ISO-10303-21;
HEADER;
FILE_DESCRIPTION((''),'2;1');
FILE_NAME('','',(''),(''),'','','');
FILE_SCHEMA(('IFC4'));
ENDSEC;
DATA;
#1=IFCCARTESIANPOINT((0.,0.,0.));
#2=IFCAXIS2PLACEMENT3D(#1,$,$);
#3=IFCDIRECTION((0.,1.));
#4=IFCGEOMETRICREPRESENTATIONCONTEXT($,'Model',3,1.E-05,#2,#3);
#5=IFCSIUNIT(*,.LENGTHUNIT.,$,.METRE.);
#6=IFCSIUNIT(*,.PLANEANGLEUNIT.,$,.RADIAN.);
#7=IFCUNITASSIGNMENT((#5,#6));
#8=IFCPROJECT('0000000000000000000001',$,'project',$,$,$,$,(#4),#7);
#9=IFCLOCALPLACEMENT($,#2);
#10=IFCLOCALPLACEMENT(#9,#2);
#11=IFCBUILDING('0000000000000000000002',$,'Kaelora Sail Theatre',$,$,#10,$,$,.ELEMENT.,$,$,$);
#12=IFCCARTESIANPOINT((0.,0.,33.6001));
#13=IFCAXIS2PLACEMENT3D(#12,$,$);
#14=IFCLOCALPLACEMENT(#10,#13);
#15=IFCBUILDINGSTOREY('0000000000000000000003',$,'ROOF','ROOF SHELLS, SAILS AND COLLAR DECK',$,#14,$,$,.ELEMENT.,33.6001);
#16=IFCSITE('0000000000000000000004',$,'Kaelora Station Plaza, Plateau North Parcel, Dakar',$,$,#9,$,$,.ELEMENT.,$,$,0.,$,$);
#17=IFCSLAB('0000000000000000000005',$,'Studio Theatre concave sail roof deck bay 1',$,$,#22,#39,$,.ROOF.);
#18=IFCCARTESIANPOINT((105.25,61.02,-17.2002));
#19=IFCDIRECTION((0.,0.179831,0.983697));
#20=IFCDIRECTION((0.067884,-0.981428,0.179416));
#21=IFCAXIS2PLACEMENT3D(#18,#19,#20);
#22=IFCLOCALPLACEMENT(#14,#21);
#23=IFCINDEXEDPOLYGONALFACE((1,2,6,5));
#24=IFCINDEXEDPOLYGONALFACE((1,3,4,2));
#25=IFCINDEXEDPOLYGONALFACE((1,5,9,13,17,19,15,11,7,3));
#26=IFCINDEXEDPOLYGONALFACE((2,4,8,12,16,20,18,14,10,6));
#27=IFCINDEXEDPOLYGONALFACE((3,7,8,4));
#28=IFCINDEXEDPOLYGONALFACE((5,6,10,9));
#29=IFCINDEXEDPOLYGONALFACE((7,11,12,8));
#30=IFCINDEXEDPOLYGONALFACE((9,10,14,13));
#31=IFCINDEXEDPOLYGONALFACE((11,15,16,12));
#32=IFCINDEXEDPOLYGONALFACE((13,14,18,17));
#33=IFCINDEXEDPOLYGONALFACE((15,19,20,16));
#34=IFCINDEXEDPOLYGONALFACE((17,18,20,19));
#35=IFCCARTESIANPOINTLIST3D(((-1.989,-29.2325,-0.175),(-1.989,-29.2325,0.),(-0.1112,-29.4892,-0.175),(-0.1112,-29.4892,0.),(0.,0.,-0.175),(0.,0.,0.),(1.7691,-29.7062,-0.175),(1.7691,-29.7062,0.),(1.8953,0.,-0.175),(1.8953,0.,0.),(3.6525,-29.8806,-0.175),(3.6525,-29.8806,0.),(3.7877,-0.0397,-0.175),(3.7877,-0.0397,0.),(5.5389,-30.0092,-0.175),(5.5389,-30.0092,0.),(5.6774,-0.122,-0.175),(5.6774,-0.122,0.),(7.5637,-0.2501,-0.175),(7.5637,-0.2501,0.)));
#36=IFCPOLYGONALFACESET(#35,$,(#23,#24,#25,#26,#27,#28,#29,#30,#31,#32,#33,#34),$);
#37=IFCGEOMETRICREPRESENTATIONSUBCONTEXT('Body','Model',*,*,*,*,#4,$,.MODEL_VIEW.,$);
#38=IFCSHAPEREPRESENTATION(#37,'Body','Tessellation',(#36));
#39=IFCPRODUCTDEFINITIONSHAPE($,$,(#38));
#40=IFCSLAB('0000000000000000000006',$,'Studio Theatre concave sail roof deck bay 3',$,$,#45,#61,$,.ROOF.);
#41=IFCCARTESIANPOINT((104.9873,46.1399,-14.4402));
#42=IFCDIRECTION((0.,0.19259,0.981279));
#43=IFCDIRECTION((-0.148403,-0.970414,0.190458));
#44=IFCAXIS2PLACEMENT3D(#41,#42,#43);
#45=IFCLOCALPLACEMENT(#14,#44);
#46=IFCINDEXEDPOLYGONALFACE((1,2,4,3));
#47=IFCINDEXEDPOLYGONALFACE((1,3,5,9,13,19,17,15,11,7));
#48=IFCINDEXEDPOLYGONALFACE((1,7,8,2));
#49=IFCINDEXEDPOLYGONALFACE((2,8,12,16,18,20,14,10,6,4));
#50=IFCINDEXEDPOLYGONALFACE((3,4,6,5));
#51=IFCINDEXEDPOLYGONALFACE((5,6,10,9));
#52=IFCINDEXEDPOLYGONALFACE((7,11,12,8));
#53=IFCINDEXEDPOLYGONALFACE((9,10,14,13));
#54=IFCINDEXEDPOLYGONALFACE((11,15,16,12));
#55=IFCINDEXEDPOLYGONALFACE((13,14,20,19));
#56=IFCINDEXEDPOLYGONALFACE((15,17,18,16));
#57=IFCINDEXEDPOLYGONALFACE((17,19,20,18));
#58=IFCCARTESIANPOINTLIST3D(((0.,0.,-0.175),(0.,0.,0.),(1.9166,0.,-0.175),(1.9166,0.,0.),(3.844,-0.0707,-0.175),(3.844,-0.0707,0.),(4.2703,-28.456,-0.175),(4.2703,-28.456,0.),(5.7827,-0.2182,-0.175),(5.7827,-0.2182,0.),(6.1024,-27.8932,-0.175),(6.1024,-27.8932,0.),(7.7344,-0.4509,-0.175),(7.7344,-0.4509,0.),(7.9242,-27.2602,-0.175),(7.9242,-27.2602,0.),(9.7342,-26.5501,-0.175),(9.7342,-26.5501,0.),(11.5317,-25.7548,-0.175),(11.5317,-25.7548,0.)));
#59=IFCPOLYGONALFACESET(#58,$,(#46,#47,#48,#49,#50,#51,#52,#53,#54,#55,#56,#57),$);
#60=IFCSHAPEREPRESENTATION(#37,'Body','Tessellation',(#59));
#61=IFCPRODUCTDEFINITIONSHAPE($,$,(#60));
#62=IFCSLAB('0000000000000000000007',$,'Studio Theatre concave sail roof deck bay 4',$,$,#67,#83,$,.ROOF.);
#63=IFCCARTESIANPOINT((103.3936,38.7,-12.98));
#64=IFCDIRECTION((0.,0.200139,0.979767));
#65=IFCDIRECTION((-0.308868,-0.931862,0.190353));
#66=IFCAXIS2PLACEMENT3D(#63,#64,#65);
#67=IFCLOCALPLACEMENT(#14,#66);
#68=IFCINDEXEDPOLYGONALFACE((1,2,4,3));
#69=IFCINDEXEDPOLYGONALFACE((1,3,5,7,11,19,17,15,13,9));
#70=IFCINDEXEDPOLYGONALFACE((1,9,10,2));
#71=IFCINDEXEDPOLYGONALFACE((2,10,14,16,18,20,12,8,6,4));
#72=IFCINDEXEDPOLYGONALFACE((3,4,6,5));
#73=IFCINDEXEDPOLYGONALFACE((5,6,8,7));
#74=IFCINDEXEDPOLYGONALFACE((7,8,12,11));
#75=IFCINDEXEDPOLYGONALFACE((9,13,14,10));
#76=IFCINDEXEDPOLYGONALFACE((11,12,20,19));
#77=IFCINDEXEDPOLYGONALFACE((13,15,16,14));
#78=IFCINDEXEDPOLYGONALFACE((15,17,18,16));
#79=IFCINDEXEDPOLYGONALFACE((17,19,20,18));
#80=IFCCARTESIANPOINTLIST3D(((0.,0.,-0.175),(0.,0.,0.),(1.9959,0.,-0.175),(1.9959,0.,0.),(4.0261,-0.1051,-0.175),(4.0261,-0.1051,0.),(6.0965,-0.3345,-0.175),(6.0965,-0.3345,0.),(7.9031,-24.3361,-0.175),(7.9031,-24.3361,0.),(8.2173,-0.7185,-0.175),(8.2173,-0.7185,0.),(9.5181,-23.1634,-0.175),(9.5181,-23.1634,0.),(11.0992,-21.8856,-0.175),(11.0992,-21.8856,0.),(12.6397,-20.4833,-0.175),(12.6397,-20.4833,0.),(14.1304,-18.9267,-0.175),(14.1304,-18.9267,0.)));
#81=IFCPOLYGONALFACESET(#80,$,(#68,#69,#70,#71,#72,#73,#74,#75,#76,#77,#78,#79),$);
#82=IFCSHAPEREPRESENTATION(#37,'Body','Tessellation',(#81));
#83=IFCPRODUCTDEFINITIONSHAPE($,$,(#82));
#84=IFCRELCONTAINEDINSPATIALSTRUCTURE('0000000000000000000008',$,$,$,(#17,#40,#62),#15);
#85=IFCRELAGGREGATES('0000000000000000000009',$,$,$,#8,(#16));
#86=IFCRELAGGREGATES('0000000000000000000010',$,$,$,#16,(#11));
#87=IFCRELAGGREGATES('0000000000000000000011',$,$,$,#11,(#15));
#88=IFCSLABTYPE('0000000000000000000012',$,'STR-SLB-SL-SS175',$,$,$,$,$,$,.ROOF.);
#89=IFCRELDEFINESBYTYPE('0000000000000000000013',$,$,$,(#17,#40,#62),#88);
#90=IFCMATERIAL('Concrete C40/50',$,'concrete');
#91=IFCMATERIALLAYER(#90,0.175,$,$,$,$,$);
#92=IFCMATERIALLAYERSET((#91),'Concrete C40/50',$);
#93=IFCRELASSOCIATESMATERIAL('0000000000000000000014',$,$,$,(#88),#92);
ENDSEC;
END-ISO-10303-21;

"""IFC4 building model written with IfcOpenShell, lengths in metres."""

from ifc_helpers import new_model, si_unit, direction, frame, origin, place, context, subcontext, project, spatial, polyline, outline, extrude, material, layer, layer_set, type_object, element, save


model = new_model("IFC4")

# Units and contexts
model_context = context("Model", 3, precision=1e-05, world=origin(), true_north=direction((0.0, 1.0)))
body_context = subcontext(model_context, "Body", "Model", "MODEL_VIEW")
ifc_project = project(units=[si_unit("LENGTHUNIT", "METRE"), si_unit("PLANEANGLEUNIT", "RADIAN")], contexts=[model_context])

# Site, building, storey
site_placement = place(None, origin())
site = spatial("IfcSite", under=ifc_project, at=site_placement, Name="Kaelora Station Plaza, Plateau North Parcel, Dakar", CompositionType="ELEMENT", RefElevation=0.0)
building_placement = place(site_placement, origin())
building = spatial("IfcBuilding", under=site, at=building_placement, Name="Kaelora Sail Theatre", CompositionType="ELEMENT")
storey_placement = place(building_placement, frame((0.0, 0.0, 33.6001)))
storey = spatial("IfcBuildingStorey", under=building, at=storey_placement, Name="ROOF", Description="ROOF SHELLS, SAILS AND COLLAR DECK", CompositionType="ELEMENT", Elevation=33.6001)

# Slabs
ifc_material_1 = material(Name="Concrete C40/50", Category="concrete")
ifc_layer = layer(ifc_material_1, 0.175)
ifc_layer_set = layer_set([ifc_layer], Name="Concrete C40/50")
slab_type = type_object("IfcSlabType", Name="STR-SLB-SL-SS175", PredefinedType="ROOF", material=ifc_layer_set)
slab_1_placement = place(storey_placement, frame((105.25, 61.02, -17.2002), z_axis=(0.0, 0.179831, 0.983697), x_axis=(0.067884, -0.981428, 0.179416)))
element("IfcSlab", 1, at=slab_1_placement, inside=storey, type_object=slab_type, Name="Studio Theatre concave sail roof deck bay 1", PredefinedType="ROOF", context=body_context, shape_type="SweptSolid", body=[
    extrude(outline(polyline([(0.0, 0.0), (1.8953, 0.0), (3.7877, -0.0397), (5.6774, -0.122), (7.5637, -0.2501), (5.5389, -30.0092), (3.6525, -29.8806), (1.7691, -29.7062), (-0.1112, -29.4892), (-1.989, -29.2325), (0.0, 0.0)])), origin(), (0.0, 0.0, -1.0), 0.175),
])
slab_2_placement = place(storey_placement, frame((104.9873, 46.1399, -14.4402), z_axis=(0.0, 0.19259, 0.981279), x_axis=(-0.148403, -0.970414, 0.190458)))
element("IfcSlab", 2, at=slab_2_placement, inside=storey, type_object=slab_type, Name="Studio Theatre concave sail roof deck bay 3", PredefinedType="ROOF", context=body_context, shape_type="SweptSolid", body=[
    extrude(outline(polyline([(0.0, 0.0), (1.9166, 0.0), (3.844, -0.0707), (5.7827, -0.2182), (7.7344, -0.4509), (11.5317, -25.7548), (9.7342, -26.5501), (7.9242, -27.2602), (6.1024, -27.8932), (4.2703, -28.456), (0.0, 0.0)])), origin(), (0.0, 0.0, -1.0), 0.175),
])
slab_3_placement = place(storey_placement, frame((103.3936, 38.7, -12.98), z_axis=(0.0, 0.200139, 0.979767), x_axis=(-0.308868, -0.931862, 0.190353)))
element("IfcSlab", 3, at=slab_3_placement, inside=storey, type_object=slab_type, Name="Studio Theatre concave sail roof deck bay 4", PredefinedType="ROOF", context=body_context, shape_type="SweptSolid", body=[
    extrude(outline(polyline([(0.0, 0.0), (1.9959, 0.0), (4.0261, -0.1051), (6.0965, -0.3345), (8.2173, -0.7185), (14.1304, -18.9267), (12.6397, -20.4833), (11.0992, -21.8856), (9.5181, -23.1634), (7.9031, -24.3361), (0.0, 0.0)])), origin(), (0.0, 0.0, -1.0), 0.175),
])

save(model, "model.ifc")
